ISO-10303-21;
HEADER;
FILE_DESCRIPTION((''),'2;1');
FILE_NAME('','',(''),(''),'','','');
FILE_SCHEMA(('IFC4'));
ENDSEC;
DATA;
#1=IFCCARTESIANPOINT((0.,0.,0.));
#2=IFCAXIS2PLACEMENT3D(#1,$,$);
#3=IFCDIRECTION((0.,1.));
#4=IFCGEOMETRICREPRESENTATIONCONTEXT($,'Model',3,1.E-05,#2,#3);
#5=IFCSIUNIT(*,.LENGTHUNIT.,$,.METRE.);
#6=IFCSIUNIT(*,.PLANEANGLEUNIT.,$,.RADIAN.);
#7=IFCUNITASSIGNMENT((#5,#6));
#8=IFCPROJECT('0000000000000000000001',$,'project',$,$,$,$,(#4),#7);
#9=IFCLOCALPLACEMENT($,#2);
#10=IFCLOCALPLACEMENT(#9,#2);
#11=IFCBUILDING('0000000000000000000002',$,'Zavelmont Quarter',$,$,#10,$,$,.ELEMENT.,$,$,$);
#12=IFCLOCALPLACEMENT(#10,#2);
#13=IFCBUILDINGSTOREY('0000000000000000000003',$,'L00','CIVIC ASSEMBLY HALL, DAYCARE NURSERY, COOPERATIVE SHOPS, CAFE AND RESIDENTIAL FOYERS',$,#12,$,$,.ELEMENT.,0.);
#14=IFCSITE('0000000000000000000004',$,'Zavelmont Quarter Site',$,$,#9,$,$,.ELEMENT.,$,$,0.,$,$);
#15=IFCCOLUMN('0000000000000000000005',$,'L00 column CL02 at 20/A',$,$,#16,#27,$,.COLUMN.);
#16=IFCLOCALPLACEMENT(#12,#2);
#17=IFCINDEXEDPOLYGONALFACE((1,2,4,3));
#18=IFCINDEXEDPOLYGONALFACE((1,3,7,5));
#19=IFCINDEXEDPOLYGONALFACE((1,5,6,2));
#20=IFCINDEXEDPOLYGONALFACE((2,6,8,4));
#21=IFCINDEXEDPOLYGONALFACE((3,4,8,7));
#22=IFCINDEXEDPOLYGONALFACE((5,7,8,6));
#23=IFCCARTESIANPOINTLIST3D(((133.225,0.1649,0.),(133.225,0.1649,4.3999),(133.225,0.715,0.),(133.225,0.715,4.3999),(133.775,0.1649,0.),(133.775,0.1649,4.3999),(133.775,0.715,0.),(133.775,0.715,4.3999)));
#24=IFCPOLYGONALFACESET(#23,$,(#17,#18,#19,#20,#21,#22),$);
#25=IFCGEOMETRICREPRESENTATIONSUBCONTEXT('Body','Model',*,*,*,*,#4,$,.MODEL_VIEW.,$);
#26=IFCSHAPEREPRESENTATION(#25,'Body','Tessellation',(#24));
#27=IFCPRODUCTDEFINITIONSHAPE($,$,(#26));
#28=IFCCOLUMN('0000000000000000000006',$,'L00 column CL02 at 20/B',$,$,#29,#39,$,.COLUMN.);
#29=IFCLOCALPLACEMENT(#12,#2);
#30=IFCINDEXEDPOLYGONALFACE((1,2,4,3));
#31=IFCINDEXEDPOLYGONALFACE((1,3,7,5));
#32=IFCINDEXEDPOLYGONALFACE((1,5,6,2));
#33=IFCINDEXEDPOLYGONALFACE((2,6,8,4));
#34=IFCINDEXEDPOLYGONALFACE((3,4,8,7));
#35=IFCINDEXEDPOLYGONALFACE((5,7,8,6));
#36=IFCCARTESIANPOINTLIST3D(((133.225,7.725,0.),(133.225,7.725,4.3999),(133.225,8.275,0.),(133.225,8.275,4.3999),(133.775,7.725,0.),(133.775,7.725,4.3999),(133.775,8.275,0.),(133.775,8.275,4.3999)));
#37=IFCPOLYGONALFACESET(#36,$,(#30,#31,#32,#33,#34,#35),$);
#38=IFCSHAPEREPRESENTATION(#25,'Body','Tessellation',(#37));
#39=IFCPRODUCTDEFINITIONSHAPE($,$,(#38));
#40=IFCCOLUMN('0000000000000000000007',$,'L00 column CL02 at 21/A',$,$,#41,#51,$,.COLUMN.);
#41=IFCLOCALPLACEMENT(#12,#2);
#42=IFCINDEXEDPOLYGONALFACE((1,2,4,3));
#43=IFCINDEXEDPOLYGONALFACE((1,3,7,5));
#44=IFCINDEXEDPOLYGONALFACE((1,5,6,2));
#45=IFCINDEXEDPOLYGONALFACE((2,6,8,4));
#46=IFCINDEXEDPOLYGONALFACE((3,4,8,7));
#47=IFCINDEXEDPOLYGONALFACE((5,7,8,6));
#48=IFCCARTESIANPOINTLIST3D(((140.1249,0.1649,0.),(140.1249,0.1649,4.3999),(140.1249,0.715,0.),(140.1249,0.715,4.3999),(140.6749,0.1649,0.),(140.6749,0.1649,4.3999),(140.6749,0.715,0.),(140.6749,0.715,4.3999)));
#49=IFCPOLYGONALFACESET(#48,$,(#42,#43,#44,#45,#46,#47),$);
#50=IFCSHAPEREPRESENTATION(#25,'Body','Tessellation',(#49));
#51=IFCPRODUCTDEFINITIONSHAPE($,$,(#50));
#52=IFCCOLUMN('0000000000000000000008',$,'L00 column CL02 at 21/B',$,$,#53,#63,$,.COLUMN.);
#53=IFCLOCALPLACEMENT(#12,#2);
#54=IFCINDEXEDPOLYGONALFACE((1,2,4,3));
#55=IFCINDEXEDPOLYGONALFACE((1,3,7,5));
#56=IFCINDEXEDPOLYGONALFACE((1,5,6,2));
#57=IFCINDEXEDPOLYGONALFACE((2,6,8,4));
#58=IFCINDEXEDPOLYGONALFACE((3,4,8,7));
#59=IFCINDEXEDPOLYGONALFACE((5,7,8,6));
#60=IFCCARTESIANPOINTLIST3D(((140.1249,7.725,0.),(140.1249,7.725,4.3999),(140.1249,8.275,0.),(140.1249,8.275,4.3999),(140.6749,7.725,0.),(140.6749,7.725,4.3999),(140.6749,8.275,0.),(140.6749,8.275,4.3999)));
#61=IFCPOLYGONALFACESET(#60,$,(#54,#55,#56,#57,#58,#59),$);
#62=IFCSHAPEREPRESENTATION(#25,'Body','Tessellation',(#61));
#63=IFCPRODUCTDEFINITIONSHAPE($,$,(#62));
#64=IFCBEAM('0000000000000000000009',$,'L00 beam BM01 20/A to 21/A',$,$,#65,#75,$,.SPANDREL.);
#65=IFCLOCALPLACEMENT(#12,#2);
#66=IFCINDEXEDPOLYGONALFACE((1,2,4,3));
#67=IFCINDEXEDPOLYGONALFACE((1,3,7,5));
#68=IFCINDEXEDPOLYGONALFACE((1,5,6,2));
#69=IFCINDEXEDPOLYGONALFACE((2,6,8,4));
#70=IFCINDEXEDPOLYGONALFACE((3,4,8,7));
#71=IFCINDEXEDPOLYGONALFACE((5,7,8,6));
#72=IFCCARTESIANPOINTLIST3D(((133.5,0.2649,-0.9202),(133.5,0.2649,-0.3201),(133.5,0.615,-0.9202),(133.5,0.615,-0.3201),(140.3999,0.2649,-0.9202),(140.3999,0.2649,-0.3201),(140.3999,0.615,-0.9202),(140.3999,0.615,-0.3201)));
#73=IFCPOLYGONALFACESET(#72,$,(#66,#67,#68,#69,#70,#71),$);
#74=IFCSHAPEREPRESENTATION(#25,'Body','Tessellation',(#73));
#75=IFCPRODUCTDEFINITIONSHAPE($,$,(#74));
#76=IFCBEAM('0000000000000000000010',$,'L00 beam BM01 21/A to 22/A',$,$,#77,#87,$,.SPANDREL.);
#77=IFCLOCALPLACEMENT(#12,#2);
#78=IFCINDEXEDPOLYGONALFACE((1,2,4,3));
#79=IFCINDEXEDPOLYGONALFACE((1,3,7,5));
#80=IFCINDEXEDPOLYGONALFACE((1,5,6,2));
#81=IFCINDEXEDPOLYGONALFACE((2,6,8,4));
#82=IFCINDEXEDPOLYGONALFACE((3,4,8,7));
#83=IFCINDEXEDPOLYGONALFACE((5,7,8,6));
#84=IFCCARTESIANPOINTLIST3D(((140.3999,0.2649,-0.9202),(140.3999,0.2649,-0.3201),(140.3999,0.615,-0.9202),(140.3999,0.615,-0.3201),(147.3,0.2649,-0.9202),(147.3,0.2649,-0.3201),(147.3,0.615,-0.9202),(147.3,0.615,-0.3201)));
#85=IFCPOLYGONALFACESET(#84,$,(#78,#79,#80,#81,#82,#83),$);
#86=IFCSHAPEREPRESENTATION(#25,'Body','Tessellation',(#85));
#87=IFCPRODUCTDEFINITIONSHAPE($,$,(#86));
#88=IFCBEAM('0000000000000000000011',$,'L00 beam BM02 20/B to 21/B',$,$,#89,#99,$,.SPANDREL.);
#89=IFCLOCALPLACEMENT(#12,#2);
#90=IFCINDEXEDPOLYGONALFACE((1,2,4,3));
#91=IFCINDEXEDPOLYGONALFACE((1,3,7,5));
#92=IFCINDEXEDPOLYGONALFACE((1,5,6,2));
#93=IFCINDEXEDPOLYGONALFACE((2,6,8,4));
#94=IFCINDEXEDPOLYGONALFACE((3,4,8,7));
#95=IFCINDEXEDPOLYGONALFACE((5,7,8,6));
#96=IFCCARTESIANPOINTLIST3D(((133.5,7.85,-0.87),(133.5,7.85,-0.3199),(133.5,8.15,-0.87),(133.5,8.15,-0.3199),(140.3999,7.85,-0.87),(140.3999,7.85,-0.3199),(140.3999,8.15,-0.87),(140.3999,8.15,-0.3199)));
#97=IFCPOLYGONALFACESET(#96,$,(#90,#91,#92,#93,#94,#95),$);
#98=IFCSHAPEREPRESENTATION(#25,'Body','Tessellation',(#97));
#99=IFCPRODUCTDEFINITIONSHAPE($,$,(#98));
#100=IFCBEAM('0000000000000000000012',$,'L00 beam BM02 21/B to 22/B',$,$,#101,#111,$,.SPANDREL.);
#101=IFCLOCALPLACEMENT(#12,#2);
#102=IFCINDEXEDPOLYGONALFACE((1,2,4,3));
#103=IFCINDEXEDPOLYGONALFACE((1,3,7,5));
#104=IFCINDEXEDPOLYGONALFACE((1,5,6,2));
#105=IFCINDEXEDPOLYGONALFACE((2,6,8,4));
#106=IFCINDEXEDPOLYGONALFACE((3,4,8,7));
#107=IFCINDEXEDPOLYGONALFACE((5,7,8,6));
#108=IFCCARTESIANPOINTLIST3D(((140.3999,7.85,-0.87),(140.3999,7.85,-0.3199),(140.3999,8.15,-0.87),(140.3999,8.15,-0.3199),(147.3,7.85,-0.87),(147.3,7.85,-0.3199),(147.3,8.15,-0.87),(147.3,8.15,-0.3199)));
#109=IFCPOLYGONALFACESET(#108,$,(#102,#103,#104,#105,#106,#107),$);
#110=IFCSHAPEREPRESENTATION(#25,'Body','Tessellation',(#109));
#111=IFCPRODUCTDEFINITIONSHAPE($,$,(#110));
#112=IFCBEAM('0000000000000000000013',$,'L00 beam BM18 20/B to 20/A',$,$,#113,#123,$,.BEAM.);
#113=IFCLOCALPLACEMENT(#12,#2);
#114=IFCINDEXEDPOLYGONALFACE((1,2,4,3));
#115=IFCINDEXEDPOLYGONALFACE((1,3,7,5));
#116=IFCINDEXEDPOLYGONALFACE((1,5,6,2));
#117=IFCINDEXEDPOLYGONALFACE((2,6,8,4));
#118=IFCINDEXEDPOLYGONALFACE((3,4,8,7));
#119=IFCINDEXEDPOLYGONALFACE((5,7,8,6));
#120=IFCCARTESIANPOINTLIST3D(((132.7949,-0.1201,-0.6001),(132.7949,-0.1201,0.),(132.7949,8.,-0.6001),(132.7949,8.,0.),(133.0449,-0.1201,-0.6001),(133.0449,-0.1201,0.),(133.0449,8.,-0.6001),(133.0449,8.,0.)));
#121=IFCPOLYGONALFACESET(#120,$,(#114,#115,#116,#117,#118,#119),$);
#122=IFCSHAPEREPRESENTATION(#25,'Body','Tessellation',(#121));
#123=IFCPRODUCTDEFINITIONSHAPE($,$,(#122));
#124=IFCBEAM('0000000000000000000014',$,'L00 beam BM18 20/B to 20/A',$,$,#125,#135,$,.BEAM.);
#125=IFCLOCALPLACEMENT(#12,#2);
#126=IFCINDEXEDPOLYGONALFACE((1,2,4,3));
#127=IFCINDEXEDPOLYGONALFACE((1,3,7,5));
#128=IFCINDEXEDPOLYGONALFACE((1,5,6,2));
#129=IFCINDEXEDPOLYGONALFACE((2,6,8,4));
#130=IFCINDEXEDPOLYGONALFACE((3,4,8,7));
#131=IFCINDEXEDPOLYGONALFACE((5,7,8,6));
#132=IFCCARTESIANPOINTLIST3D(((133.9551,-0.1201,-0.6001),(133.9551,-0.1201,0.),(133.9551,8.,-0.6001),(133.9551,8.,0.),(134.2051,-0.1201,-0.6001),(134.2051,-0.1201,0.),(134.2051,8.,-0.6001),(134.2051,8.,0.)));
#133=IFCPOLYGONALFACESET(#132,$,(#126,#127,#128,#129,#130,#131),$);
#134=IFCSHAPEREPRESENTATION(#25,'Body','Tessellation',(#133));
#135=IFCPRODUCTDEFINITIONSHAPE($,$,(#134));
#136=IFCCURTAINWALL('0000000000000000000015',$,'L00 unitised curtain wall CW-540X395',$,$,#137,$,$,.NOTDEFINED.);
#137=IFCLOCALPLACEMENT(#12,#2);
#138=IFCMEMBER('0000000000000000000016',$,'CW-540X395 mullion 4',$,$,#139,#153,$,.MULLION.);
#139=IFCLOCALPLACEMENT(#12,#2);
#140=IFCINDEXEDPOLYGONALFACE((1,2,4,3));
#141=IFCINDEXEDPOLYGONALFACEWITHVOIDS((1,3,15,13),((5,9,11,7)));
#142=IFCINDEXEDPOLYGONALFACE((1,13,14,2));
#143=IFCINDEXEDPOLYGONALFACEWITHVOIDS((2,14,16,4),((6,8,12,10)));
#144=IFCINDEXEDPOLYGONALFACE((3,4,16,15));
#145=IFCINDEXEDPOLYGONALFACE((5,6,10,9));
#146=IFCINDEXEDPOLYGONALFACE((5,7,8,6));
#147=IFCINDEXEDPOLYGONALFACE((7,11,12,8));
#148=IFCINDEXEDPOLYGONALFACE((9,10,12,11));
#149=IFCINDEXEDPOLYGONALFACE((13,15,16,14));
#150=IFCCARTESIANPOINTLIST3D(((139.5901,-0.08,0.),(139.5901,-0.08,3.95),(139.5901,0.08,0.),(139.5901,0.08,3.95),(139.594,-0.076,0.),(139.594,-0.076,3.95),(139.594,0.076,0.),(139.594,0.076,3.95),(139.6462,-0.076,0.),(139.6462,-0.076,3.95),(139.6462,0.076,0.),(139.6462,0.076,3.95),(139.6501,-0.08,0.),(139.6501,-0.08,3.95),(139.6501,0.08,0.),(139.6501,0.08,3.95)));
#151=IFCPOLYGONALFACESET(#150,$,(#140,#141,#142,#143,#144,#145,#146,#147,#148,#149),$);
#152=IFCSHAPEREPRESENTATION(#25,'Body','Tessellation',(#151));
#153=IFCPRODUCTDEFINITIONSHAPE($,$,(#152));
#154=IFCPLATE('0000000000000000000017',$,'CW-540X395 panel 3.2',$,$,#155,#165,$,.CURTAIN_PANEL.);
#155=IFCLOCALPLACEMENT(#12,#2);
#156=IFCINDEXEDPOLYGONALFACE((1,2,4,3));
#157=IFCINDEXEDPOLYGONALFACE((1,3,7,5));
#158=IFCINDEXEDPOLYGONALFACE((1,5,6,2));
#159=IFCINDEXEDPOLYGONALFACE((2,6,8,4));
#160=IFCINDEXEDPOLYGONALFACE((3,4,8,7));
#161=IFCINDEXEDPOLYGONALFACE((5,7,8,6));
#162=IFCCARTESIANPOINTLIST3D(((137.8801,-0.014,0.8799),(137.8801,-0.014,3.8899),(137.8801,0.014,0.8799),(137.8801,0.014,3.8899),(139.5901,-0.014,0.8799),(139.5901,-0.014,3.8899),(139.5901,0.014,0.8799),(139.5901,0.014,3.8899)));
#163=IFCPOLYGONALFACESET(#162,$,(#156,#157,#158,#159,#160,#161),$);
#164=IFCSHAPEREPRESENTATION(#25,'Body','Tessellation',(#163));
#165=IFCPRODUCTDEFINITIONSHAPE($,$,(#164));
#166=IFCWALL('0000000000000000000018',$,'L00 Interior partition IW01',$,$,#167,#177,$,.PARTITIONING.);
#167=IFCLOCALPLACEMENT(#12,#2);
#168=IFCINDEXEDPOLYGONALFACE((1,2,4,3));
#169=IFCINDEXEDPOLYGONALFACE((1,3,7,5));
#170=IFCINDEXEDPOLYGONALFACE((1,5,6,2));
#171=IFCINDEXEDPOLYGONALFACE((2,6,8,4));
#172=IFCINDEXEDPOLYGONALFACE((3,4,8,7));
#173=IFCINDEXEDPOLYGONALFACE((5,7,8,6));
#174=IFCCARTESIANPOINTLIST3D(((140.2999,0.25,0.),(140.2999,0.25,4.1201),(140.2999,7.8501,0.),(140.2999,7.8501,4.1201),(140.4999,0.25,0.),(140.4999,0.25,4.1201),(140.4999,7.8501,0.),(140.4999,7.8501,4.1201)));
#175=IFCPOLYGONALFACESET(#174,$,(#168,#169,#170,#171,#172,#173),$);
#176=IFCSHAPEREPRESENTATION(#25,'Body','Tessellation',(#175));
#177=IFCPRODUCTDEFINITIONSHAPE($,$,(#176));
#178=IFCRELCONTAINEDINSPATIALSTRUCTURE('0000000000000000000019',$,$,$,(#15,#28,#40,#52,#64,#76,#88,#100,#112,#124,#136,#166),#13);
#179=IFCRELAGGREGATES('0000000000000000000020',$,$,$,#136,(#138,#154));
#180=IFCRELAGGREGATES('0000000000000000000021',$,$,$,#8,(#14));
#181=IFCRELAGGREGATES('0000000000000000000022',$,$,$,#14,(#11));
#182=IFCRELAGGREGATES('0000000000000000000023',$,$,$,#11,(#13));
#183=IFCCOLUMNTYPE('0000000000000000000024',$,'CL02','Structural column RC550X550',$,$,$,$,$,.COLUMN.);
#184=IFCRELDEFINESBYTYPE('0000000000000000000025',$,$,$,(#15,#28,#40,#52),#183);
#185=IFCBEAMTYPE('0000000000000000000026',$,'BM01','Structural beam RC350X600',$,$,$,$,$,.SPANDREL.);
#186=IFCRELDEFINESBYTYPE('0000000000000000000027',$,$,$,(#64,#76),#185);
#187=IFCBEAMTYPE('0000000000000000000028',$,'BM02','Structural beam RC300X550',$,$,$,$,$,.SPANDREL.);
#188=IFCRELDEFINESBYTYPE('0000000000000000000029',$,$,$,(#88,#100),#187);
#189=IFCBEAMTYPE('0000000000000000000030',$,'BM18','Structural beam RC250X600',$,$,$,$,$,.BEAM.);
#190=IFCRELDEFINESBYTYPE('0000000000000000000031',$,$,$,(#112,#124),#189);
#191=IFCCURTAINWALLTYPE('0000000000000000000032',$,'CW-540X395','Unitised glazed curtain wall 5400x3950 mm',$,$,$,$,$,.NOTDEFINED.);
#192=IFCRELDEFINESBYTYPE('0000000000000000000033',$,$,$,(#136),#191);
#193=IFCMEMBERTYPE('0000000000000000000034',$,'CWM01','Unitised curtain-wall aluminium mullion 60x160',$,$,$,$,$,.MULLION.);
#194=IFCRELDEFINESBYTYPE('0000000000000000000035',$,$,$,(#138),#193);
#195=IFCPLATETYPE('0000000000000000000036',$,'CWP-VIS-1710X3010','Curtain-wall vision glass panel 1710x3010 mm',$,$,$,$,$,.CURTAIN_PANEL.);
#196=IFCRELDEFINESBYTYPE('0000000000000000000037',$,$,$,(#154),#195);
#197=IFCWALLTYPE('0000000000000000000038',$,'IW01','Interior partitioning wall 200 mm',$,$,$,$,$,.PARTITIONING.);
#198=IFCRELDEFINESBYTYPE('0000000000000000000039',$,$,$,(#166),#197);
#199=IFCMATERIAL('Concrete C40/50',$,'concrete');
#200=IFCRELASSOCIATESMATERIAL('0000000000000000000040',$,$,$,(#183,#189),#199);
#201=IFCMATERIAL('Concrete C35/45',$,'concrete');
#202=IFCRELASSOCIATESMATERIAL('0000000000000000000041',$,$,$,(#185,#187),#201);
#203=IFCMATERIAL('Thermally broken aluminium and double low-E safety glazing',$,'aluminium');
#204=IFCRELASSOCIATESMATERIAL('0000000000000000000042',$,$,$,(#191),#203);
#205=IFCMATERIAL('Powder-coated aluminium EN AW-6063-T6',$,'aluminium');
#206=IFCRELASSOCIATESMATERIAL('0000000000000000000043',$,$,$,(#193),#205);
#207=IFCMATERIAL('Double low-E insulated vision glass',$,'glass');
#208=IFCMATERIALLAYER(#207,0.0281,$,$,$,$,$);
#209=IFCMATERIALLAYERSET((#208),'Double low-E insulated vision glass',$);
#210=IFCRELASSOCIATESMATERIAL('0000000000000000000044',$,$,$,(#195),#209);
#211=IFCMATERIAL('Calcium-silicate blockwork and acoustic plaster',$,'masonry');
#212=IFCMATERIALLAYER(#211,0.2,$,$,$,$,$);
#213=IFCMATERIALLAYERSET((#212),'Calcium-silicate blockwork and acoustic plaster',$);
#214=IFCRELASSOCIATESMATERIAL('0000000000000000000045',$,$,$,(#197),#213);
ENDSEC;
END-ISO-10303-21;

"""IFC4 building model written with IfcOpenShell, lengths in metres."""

from ifc_helpers import new_model, si_unit, direction, frame, frame_2d, origin, origin_2d, place, context, subcontext, project, spatial, rectangle, hollow_rectangle, extrude, material, layer, layer_set, material_profile, profile_set, type_object, element, aggregate, save


model = new_model("IFC4")

# Units and contexts
model_context = context("Model", 3, precision=1e-05, world=origin(), true_north=direction((0.0, 1.0)))
body_context = subcontext(model_context, "Body", "Model", "MODEL_VIEW")
ifc_project = project(units=[si_unit("LENGTHUNIT", "METRE"), si_unit("PLANEANGLEUNIT", "RADIAN")], contexts=[model_context])

# Site, building, storey
site_placement = place(None, origin())
site = spatial("IfcSite", under=ifc_project, at=site_placement, Name="Zavelmont Quarter Site", CompositionType="ELEMENT", RefElevation=0.0)
building_placement = place(site_placement, origin())
building = spatial("IfcBuilding", under=site, at=building_placement, Name="Zavelmont Quarter", CompositionType="ELEMENT")
storey_placement = place(building_placement, origin())
storey = spatial("IfcBuildingStorey", under=building, at=storey_placement, Name="L00", Description="CIVIC ASSEMBLY HALL, DAYCARE NURSERY, COOPERATIVE SHOPS, CAFE AND RESIDENTIAL FOYERS", CompositionType="ELEMENT", Elevation=0.0)

# Columns
ifc_material_1 = material(Name="Concrete C40/50", Category="concrete")
ifc_material_profile_1 = material_profile(ifc_material_1, rectangle(XDim=0.55, YDim=0.55, at=origin_2d()), Name="RC550X550")
ifc_profile_set_1 = profile_set([ifc_material_profile_1], Name="Concrete C40/50")
column_type = type_object("IfcColumnType", Name="CL02", Description="Structural column RC550X550", PredefinedType="COLUMN", material=ifc_profile_set_1)
for number, where, z_axis, x_axis, name in (
    (1, (133.5, 0.4399, 0.0), (0.0, 0.0, 1.0), (1.0, 0.0, 0.0), "L00 column CL02 at 20/A"),
    (2, (133.5, 8.0, 0.0), (0.0, 0.0, 1.0), (1.0, 0.0, 0.0), "L00 column CL02 at 20/B"),
    (3, (140.3999, 0.4399, 0.0), (0.0, 0.0, 1.0), (1.0, 0.0, 0.0), "L00 column CL02 at 21/A"),
    (4, (140.3999, 8.0, 0.0), (0.0, 0.0, 1.0), (1.0, 0.0, 0.0), "L00 column CL02 at 21/B"),
):
    element("IfcColumn", number, at=place(storey_placement, frame(where, z_axis=z_axis, x_axis=x_axis)), inside=storey, type_object=column_type, Name=name, PredefinedType="COLUMN", context=body_context, shape_type="SweptSolid", body=[
        extrude(rectangle(XDim=0.55, YDim=0.55, at=origin_2d()), origin(), (0.0, 0.0, 1.0), 4.3999),
    ])

# Beams
ifc_material_2 = material(Name="Concrete C35/45", Category="concrete")
ifc_material_profile_2 = material_profile(ifc_material_2, rectangle(XDim=0.3501, YDim=0.6001, at=origin_2d()), Name="RC350X600")
ifc_profile_set_2 = profile_set([ifc_material_profile_2], Name="Concrete C35/45")
beam_type_1 = type_object("IfcBeamType", Name="BM01", Description="Structural beam RC350X600", PredefinedType="SPANDREL", material=ifc_profile_set_2)
beam_1_placement = place(storey_placement, frame((133.5, 0.4399, -0.6201), z_axis=(1.0, 0.0, 0.0), x_axis=(0.0, 1.0, 0.0)))
element("IfcBeam", 5, at=beam_1_placement, inside=storey, type_object=beam_type_1, Name="L00 beam BM01 20/A to 21/A", PredefinedType="SPANDREL", context=body_context, shape_type="SweptSolid", body=[
    extrude(rectangle(XDim=0.3501, YDim=0.6001, at=origin_2d()), origin(), (0.0, 0.0, 1.0), 6.8999),
])
beam_2_placement = place(storey_placement, frame((140.3999, 0.4399, -0.6201), z_axis=(1.0, 0.0, 0.0), x_axis=(0.0, 1.0, 0.0)))
element("IfcBeam", 6, at=beam_2_placement, inside=storey, type_object=beam_type_1, Name="L00 beam BM01 21/A to 22/A", PredefinedType="SPANDREL", context=body_context, shape_type="SweptSolid", body=[
    extrude(rectangle(XDim=0.3501, YDim=0.6001, at=origin_2d()), origin(), (0.0, 0.0, 1.0), 6.9001),
])
ifc_material_profile_3 = material_profile(ifc_material_2, rectangle(XDim=0.3, YDim=0.55, at=origin_2d()), Name="RC300X550")
ifc_profile_set_3 = profile_set([ifc_material_profile_3], Name="Concrete C35/45")
beam_type_2 = type_object("IfcBeamType", Name="BM02", Description="Structural beam RC300X550", PredefinedType="SPANDREL", material=ifc_profile_set_3)
beam_3_placement = place(storey_placement, frame((133.5, 8.0, -0.595), z_axis=(1.0, 0.0, 0.0), x_axis=(0.0, 1.0, 0.0)))
element("IfcBeam", 7, at=beam_3_placement, inside=storey, type_object=beam_type_2, Name="L00 beam BM02 20/B to 21/B", PredefinedType="SPANDREL", context=body_context, shape_type="SweptSolid", body=[
    extrude(rectangle(XDim=0.3, YDim=0.55, at=origin_2d()), origin(), (0.0, 0.0, 1.0), 6.8999),
])
beam_4_placement = place(storey_placement, frame((140.3999, 8.0, -0.595), z_axis=(1.0, 0.0, 0.0), x_axis=(0.0, 1.0, 0.0)))
element("IfcBeam", 8, at=beam_4_placement, inside=storey, type_object=beam_type_2, Name="L00 beam BM02 21/B to 22/B", PredefinedType="SPANDREL", context=body_context, shape_type="SweptSolid", body=[
    extrude(rectangle(XDim=0.3, YDim=0.55, at=origin_2d()), origin(), (0.0, 0.0, 1.0), 6.9001),
])
ifc_material_profile_4 = material_profile(ifc_material_1, rectangle(XDim=0.25, YDim=0.6001, at=origin_2d()), Name="RC250X600")
ifc_profile_set_4 = profile_set([ifc_material_profile_4], Name="Concrete C40/50")
beam_type_3 = type_object("IfcBeamType", Name="BM18", Description="Structural beam RC250X600", PredefinedType="BEAM", material=ifc_profile_set_4)
for number, where, z_axis, x_axis, name in (
    (9, (132.9199, 8.0, -0.3), (0.0, -1.0, 0.0), (1.0, 0.0, 0.0), "L00 beam BM18 20/B to 20/A"),
    (10, (134.0801, 8.0, -0.3), (0.0, -1.0, 0.0), (1.0, 0.0, 0.0), "L00 beam BM18 20/B to 20/A"),
):
    element("IfcBeam", number, at=place(storey_placement, frame(where, z_axis=z_axis, x_axis=x_axis)), inside=storey, type_object=beam_type_3, Name=name, PredefinedType="BEAM", context=body_context, shape_type="SweptSolid", body=[
        extrude(rectangle(XDim=0.25, YDim=0.6001, at=origin_2d()), origin(), (0.0, 0.0, 1.0), 8.1201),
    ])

# Curtain wall, member, plate
ifc_material_3 = material(Name="Thermally broken aluminium and double low-E safety glazing", Category="aluminium")
curtain_wall_type = type_object("IfcCurtainWallType", Name="CW-540X395", Description="Unitised glazed curtain wall 5400x3950 mm", PredefinedType="NOTDEFINED", material=ifc_material_3)
curtain_wall_placement = place(storey_placement, origin())
curtain_wall = element("IfcCurtainWall", 11, at=curtain_wall_placement, inside=storey, type_object=curtain_wall_type, Name="L00 unitised curtain wall CW-540X395", PredefinedType="NOTDEFINED")
ifc_material_4 = material(Name="Powder-coated aluminium EN AW-6063-T6", Category="aluminium")
ifc_material_profile_5 = material_profile(ifc_material_4, hollow_rectangle(XDim=0.0601, YDim=0.1599, WallThickness=0.0039, at=origin_2d()), Name="CWM60X160")
ifc_profile_set_5 = profile_set([ifc_material_profile_5], Name="Powder-coated aluminium EN AW-6063-T6")
member_type = type_object("IfcMemberType", Name="CWM01", Description="Unitised curtain-wall aluminium mullion 60x160", PredefinedType="MULLION", material=ifc_profile_set_5)
member_placement = place(storey_placement, frame((139.6201, 0.0, 0.0), z_axis=(0.0, 0.0, 1.0), x_axis=(1.0, 0.0, 0.0)))
member = element("IfcMember", 12, at=member_placement, type_object=member_type, Name="CW-540X395 mullion 4", PredefinedType="MULLION", context=body_context, shape_type="SweptSolid", body=[
    extrude(hollow_rectangle(XDim=0.0601, YDim=0.1599, WallThickness=0.0039, at=origin_2d()), origin(), (0.0, 0.0, 1.0), 3.95),
])
ifc_material_5 = material(Name="Double low-E insulated vision glass", Category="glass")
ifc_layer_1 = layer(ifc_material_5, 0.0281)
ifc_layer_set_1 = layer_set([ifc_layer_1], Name="Double low-E insulated vision glass")
plate_type = type_object("IfcPlateType", Name="CWP-VIS-1710X3010", Description="Curtain-wall vision glass panel 1710x3010 mm", PredefinedType="CURTAIN_PANEL", material=ifc_layer_set_1)
plate_placement = place(storey_placement, frame((138.7351, 0.0, 0.8799), z_axis=(0.0, 0.0, 1.0), x_axis=(1.0, 0.0, 0.0)))
plate = element("IfcPlate", 13, at=plate_placement, type_object=plate_type, Name="CW-540X395 panel 3.2", PredefinedType="CURTAIN_PANEL", context=body_context, shape_type="SweptSolid", body=[
    extrude(rectangle(XDim=1.71, YDim=0.0281, at=origin_2d()), origin(), (0.0, 0.0, 1.0), 3.01),
])
aggregate(curtain_wall, [member, plate])

# Wall
ifc_material_6 = material(Name="Calcium-silicate blockwork and acoustic plaster", Category="masonry")
ifc_layer_2 = layer(ifc_material_6, 0.2)
ifc_layer_set_2 = layer_set([ifc_layer_2], Name="Calcium-silicate blockwork and acoustic plaster")
wall_type_1 = type_object("IfcWallType", Name="IW01", Description="Interior partitioning wall 200 mm", PredefinedType="PARTITIONING", material=ifc_layer_set_2)
wall_1_placement = place(storey_placement, frame((140.3999, 0.25, 0.0), z_axis=(0.0, 0.0, 1.0), x_axis=(0.0, 1.0, 0.0)))
element("IfcWall", 14, at=wall_1_placement, inside=storey, type_object=wall_type_1, Name="L00 Interior partition IW01", PredefinedType="PARTITIONING", context=body_context, shape_type="SweptSolid", body=[
    extrude(rectangle(XDim=7.6001, YDim=0.2, at=frame_2d((3.8, 0.0))), origin(), (0.0, 0.0, 1.0), 4.1201),
])

save(model, "model.ifc")
